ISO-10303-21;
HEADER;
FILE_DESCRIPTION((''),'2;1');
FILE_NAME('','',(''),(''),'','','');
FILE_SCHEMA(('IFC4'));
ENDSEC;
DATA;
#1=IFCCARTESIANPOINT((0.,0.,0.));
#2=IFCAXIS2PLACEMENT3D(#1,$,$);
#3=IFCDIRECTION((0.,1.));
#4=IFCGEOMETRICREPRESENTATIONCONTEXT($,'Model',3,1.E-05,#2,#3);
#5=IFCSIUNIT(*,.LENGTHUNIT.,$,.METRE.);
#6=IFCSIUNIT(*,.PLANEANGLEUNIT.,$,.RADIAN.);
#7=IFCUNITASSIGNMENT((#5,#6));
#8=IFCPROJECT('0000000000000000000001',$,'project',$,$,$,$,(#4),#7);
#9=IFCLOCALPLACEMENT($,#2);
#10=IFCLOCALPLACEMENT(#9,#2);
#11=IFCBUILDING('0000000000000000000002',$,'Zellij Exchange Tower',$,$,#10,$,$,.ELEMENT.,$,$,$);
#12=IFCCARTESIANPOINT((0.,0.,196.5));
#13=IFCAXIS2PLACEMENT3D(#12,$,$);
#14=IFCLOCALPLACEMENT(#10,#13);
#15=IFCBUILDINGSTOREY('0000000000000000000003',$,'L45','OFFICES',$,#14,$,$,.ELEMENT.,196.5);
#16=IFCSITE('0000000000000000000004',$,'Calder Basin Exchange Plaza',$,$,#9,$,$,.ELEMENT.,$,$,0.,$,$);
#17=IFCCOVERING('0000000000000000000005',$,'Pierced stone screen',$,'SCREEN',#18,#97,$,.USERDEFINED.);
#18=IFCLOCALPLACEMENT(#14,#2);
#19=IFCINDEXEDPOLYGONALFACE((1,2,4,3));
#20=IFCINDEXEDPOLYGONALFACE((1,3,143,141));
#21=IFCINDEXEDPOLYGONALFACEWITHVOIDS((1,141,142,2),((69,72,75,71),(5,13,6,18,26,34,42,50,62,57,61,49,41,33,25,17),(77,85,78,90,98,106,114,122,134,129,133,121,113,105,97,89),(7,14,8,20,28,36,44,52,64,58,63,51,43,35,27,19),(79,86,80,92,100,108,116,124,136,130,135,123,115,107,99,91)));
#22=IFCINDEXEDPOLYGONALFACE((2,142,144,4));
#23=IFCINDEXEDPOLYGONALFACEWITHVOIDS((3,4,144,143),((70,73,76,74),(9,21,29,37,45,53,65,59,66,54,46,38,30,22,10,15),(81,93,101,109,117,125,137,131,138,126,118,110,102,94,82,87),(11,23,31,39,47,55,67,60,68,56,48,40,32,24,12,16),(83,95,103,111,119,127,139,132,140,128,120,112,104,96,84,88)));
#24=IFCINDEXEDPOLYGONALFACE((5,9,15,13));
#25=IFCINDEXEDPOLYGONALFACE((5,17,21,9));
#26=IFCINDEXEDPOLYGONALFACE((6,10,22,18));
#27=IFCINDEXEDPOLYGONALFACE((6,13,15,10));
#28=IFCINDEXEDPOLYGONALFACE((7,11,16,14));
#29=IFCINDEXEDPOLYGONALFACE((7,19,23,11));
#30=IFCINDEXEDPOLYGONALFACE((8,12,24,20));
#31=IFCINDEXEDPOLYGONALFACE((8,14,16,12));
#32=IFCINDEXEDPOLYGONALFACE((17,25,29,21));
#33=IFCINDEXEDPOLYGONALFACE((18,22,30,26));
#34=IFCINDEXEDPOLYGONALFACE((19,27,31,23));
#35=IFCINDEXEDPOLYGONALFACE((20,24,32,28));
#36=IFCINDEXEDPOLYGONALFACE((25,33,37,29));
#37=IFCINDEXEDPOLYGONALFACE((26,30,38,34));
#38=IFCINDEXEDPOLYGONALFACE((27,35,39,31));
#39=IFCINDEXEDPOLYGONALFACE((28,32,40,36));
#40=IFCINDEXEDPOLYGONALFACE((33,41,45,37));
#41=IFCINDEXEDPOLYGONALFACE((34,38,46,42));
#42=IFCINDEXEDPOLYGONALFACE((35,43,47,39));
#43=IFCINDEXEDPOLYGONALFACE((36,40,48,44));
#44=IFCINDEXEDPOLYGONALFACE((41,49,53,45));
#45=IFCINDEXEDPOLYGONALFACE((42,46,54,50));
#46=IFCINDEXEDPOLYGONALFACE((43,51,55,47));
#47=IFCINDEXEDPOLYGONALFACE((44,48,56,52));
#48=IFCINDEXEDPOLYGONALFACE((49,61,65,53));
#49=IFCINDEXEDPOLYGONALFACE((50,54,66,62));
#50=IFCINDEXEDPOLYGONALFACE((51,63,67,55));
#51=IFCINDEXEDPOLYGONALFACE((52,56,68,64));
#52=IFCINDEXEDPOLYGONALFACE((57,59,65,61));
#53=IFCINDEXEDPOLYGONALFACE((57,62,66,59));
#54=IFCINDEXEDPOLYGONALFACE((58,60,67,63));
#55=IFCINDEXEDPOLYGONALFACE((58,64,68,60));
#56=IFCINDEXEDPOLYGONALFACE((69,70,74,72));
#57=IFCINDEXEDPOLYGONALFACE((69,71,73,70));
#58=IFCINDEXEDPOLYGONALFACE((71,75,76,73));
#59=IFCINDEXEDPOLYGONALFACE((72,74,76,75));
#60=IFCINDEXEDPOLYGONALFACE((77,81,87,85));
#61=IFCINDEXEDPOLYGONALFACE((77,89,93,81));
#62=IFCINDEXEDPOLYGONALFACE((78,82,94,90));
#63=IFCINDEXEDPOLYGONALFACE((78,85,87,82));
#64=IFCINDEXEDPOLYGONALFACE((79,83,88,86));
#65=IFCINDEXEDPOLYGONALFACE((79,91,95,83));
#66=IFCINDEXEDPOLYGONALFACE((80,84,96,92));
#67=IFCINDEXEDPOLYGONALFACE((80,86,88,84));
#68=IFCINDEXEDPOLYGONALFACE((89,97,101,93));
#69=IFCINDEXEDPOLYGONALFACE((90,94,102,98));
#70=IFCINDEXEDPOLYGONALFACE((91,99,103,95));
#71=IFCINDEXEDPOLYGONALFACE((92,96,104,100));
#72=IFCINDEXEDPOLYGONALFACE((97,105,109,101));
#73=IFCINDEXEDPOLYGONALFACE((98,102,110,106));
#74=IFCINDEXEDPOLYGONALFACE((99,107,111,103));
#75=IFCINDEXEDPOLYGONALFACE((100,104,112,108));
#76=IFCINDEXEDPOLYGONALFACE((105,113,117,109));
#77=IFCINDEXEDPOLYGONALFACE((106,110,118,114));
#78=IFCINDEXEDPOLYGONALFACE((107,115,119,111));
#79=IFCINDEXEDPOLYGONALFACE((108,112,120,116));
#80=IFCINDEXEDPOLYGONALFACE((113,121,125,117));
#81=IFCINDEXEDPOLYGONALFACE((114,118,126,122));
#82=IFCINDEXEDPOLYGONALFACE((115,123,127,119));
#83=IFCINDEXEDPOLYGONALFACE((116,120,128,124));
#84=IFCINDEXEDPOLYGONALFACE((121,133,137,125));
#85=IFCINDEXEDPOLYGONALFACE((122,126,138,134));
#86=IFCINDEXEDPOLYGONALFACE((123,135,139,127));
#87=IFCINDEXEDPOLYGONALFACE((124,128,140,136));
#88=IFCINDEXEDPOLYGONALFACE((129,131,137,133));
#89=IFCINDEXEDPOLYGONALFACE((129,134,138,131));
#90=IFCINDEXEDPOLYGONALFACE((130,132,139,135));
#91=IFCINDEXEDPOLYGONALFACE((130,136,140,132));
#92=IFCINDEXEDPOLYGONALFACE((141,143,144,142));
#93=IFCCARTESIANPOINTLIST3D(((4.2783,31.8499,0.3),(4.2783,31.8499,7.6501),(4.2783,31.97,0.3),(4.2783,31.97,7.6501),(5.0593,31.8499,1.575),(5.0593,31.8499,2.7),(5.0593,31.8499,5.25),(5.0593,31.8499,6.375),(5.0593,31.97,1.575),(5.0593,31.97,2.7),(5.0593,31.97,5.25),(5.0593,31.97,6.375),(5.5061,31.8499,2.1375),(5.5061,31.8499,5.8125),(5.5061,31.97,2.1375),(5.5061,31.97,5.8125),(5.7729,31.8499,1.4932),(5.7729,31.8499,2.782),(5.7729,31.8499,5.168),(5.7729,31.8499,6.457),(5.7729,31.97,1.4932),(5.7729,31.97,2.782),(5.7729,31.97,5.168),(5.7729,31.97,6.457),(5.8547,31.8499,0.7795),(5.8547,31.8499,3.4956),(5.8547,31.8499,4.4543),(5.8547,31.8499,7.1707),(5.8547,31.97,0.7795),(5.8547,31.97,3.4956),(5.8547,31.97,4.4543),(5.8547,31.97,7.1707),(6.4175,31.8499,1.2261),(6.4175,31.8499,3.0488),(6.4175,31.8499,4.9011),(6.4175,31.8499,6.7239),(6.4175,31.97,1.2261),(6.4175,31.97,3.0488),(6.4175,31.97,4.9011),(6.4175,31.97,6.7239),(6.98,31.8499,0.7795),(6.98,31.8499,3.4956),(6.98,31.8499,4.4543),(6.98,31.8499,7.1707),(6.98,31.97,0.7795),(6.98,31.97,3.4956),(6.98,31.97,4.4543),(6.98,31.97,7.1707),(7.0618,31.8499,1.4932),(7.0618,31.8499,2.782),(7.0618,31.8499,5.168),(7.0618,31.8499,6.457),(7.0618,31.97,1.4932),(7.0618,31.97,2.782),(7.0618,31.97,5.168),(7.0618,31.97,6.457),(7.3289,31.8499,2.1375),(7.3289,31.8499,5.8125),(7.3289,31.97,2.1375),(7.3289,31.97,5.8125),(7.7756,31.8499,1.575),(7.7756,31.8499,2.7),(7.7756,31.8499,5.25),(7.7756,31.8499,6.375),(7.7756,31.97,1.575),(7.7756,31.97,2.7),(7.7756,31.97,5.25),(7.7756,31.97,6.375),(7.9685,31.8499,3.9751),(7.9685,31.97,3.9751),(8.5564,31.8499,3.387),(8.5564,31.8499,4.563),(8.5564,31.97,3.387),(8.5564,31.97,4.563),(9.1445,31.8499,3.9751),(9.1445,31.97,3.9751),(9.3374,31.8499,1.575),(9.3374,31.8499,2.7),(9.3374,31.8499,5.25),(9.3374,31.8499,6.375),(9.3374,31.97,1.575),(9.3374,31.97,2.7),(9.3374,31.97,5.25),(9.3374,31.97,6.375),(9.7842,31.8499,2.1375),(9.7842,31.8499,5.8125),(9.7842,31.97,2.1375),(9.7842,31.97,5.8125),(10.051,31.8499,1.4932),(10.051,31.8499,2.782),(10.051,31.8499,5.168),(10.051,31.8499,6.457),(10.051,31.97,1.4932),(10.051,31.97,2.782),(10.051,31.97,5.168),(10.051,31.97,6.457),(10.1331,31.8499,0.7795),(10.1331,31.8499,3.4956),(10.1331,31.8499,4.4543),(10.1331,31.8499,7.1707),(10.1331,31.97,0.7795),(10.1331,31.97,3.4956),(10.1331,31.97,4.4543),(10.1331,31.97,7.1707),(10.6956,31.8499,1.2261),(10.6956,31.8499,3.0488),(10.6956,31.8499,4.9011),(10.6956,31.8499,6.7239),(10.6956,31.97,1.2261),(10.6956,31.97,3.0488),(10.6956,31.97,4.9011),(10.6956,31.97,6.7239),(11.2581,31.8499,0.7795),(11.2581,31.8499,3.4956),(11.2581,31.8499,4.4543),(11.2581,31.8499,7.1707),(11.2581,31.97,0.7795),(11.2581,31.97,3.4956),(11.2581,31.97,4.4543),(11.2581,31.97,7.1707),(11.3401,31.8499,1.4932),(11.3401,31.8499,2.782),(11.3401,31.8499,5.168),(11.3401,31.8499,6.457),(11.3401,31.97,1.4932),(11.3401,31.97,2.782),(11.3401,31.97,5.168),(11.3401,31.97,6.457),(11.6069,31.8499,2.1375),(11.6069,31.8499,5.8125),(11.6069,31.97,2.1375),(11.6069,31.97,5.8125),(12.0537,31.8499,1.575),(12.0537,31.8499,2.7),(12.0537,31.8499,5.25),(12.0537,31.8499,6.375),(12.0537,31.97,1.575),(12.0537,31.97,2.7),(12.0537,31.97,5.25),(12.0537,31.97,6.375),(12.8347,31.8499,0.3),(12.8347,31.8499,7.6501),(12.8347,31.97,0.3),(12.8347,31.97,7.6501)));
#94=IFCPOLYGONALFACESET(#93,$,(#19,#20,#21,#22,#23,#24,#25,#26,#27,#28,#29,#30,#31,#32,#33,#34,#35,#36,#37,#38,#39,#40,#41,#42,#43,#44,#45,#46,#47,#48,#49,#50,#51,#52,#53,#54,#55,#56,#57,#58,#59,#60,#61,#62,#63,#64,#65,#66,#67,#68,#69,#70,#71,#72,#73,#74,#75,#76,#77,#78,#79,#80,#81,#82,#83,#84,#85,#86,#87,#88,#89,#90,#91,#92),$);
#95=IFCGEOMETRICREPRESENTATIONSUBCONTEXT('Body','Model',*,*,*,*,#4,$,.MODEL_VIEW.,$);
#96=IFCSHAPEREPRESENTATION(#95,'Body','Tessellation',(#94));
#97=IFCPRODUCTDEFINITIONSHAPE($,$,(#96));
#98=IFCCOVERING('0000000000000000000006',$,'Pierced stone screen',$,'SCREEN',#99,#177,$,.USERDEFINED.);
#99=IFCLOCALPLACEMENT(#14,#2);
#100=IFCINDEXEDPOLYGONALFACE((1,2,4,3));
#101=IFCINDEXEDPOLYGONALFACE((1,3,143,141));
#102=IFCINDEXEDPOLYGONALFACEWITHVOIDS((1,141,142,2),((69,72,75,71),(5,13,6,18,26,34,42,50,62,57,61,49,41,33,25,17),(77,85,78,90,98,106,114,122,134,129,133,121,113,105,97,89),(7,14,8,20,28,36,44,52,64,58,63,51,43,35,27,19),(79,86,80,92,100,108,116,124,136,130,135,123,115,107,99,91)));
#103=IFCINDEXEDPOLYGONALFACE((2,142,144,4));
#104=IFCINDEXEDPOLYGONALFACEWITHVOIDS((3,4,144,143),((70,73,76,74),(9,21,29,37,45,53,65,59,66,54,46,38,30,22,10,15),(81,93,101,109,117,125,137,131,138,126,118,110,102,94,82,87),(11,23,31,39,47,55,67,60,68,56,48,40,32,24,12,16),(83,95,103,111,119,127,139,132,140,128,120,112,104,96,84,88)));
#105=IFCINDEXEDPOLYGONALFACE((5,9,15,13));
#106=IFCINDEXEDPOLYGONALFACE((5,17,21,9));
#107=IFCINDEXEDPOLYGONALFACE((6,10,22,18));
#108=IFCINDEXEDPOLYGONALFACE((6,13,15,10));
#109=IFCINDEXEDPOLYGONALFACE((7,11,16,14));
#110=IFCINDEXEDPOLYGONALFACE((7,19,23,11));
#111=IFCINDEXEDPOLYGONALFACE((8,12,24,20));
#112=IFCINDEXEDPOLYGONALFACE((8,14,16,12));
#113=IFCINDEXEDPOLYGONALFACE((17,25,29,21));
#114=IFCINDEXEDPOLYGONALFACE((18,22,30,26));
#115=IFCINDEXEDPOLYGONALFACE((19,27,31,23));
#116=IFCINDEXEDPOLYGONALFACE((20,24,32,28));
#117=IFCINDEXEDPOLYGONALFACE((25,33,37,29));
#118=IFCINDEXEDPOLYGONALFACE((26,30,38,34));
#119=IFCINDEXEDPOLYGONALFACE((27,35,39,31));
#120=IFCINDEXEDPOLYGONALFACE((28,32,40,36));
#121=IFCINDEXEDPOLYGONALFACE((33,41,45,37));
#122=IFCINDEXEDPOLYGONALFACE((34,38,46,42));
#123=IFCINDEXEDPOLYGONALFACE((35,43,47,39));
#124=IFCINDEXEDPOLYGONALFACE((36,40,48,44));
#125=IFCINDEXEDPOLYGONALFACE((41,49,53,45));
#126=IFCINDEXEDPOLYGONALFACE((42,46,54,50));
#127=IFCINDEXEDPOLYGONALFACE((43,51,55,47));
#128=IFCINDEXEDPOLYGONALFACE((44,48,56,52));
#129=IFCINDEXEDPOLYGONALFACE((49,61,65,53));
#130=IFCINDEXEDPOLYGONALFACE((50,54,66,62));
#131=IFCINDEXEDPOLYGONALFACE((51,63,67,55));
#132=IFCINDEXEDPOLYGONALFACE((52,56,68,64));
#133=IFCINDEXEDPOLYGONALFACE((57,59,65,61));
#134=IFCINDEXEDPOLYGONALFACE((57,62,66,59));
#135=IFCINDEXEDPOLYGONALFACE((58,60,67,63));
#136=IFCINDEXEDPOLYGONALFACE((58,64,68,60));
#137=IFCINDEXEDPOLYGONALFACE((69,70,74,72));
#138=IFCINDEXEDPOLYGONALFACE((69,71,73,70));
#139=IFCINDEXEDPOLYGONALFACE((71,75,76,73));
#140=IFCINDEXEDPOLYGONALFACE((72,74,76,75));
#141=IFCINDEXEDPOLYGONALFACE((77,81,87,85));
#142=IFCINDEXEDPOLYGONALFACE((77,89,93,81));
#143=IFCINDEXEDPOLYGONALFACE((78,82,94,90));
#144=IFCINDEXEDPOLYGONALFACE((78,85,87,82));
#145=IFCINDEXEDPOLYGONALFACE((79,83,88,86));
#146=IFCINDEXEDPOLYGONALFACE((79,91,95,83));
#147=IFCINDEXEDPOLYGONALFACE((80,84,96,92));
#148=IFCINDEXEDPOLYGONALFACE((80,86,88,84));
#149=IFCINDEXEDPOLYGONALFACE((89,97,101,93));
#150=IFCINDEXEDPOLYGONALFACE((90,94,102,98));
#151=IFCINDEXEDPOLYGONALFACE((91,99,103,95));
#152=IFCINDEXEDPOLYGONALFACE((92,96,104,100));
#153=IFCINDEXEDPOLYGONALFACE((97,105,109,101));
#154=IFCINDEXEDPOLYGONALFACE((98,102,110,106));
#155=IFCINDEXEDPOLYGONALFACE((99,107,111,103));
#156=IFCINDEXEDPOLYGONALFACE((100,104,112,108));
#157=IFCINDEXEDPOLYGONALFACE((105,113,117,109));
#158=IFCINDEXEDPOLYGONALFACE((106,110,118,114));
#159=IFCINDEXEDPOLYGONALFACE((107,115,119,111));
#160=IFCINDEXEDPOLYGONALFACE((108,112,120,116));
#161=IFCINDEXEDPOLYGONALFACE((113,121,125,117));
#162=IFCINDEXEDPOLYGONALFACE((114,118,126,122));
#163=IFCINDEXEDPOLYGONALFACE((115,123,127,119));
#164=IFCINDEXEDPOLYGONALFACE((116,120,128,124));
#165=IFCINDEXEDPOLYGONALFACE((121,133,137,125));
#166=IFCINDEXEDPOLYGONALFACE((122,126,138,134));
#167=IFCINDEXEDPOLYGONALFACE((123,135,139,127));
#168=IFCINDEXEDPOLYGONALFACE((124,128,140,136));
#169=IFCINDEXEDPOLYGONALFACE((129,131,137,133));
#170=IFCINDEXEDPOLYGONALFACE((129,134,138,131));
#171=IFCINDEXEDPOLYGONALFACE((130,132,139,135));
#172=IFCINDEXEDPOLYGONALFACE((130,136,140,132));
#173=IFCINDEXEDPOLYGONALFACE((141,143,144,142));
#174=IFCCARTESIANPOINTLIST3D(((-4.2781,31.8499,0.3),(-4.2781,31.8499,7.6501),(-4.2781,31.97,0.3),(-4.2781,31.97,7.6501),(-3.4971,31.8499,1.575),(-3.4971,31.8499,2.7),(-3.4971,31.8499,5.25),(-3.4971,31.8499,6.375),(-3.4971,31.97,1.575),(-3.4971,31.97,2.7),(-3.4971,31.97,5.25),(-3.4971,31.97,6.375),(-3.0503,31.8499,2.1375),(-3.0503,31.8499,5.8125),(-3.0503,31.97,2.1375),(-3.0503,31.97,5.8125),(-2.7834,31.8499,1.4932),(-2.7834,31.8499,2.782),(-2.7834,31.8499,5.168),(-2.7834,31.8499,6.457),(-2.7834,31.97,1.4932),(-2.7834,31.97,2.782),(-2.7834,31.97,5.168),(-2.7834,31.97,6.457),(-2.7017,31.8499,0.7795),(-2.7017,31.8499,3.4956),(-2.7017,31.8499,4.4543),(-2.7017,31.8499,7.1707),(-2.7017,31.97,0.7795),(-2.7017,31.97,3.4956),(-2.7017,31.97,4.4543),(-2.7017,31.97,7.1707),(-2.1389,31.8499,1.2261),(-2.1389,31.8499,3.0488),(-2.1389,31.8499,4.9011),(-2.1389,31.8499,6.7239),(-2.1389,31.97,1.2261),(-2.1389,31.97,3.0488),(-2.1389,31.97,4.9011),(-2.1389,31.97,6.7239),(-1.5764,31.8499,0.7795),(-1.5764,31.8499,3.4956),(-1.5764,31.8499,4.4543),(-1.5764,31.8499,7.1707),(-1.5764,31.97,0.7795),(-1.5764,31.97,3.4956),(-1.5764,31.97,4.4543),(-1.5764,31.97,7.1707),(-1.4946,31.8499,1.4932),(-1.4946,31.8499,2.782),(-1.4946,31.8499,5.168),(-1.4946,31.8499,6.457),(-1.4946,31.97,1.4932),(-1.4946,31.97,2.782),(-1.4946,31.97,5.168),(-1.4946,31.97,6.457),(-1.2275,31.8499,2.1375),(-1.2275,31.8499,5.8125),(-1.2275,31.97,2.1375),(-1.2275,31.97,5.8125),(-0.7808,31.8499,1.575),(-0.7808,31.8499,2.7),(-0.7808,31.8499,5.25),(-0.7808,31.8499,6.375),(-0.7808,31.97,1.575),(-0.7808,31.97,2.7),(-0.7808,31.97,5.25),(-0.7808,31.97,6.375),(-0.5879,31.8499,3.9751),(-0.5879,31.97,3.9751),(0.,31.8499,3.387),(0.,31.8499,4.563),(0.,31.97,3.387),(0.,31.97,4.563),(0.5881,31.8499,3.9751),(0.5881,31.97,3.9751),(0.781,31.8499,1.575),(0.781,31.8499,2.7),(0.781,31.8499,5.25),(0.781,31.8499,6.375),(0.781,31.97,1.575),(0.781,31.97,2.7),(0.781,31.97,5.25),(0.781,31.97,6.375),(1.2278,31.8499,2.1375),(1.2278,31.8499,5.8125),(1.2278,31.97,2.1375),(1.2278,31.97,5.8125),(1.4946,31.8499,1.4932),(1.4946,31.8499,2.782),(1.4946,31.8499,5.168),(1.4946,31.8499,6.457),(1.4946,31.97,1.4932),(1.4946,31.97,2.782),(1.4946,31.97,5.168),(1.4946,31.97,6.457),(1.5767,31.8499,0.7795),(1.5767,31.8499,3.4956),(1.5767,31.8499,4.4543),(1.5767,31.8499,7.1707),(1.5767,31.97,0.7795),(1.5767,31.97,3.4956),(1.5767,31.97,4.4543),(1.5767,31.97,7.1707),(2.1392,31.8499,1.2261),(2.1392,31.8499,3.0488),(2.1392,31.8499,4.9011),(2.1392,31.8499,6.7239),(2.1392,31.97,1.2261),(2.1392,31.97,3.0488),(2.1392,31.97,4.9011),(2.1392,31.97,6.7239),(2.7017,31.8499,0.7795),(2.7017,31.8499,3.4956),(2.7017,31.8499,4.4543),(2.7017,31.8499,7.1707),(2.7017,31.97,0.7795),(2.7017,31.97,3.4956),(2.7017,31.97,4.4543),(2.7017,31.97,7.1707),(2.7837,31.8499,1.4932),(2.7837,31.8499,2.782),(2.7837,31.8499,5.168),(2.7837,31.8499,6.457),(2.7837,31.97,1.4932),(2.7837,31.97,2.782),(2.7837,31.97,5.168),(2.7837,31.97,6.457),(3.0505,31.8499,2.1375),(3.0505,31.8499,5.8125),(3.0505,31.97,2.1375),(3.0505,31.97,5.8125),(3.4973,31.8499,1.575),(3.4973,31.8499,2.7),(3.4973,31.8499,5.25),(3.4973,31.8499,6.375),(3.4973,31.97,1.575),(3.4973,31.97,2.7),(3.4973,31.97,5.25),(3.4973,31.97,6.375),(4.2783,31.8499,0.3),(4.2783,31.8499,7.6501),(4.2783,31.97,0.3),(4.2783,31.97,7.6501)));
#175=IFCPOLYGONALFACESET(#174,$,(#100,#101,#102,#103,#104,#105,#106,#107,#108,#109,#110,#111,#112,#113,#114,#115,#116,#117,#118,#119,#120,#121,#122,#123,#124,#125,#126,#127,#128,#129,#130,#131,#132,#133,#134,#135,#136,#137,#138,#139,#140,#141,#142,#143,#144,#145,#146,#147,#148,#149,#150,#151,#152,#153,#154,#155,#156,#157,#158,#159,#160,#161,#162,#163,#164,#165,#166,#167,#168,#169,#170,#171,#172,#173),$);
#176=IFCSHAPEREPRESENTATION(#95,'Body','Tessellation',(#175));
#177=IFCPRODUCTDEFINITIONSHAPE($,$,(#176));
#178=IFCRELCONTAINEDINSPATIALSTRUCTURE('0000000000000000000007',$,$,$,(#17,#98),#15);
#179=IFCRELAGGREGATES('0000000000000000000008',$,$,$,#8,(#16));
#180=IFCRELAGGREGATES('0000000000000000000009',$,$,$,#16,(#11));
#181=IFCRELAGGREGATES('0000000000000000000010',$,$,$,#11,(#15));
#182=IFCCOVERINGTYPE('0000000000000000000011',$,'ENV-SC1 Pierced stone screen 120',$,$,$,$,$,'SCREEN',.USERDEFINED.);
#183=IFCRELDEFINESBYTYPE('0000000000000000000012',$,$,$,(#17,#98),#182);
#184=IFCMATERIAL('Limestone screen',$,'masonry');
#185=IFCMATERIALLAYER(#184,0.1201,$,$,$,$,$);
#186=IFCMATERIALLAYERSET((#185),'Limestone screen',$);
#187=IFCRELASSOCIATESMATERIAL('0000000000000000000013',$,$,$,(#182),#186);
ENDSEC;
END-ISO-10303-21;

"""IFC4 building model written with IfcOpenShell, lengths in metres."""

from ifc_helpers import new_model, si_unit, direction, frame, origin, place, context, subcontext, project, spatial, polyline, outline, extrude, material, layer, layer_set, type_object, element, save


model = new_model("IFC4")

# Units and contexts
model_context = context("Model", 3, precision=1e-05, world=origin(), true_north=direction((0.0, 1.0)))
body_context = subcontext(model_context, "Body", "Model", "MODEL_VIEW")
ifc_project = project(units=[si_unit("LENGTHUNIT", "METRE"), si_unit("PLANEANGLEUNIT", "RADIAN")], contexts=[model_context])

# Site, building, storey
site_placement = place(None, origin())
site = spatial("IfcSite", under=ifc_project, at=site_placement, Name="Calder Basin Exchange Plaza", CompositionType="ELEMENT", RefElevation=0.0)
building_placement = place(site_placement, origin())
building = spatial("IfcBuilding", under=site, at=building_placement, Name="Zellij Exchange Tower", CompositionType="ELEMENT")
storey_placement = place(building_placement, frame((0.0, 0.0, 196.5)))
storey = spatial("IfcBuildingStorey", under=building, at=storey_placement, Name="L45", Description="OFFICES", CompositionType="ELEMENT", Elevation=196.5)

# Coverings
ifc_material_1 = material(Name="Limestone screen", Category="masonry")
ifc_layer_1 = layer(ifc_material_1, 0.1201)
ifc_layer_set_1 = layer_set([ifc_layer_1], Name="Limestone screen")
covering_type = type_object("IfcCoveringType", Name="ENV-SC1 Pierced stone screen 120", ElementType="SCREEN", PredefinedType="USERDEFINED", material=ifc_layer_set_1)
covering_1_placement = place(storey_placement, frame((12.8347, 31.9099, 0.3), z_axis=(0.0, 0.0, 1.0), x_axis=(-1.0, 0.0, 0.0)))
element("IfcCovering", 1, at=covering_1_placement, inside=storey, type_object=covering_type, Name="Pierced stone screen", ObjectType="SCREEN", PredefinedType="USERDEFINED", context=body_context, shape_type="SweptSolid", body=[
    extrude(outline(polyline([(0.0, 0.0), (8.5564, 0.0), (8.5564, 7.3501), (0.0, 7.3501), (0.0, 0.0)]), holes=[polyline([(3.4973, 2.3999), (2.7837, 2.4819), (2.7017, 3.1956), (2.1392, 2.7488), (1.5767, 3.1956), (1.4946, 2.4819), (0.781, 2.3999), (1.2278, 1.8374), (0.781, 1.2749), (1.4946, 1.1931), (1.5767, 0.4795), (2.1392, 0.926), (2.7017, 0.4795), (2.7837, 1.1931), (3.4973, 1.2749), (3.0505, 1.8374), (3.4973, 2.3999)]), polyline([(3.4973, 6.075), (2.7837, 6.157), (2.7017, 6.8706), (2.1392, 6.4238), (1.5767, 6.8706), (1.4946, 6.157), (0.781, 6.075), (1.2278, 5.5125), (0.781, 4.95), (1.4946, 4.8679), (1.5767, 4.1543), (2.1392, 4.6011), (2.7017, 4.1543), (2.7837, 4.8679), (3.4973, 4.95), (3.0505, 5.5125), (3.4973, 6.075)]), polyline([(7.7754, 2.3999), (7.0618, 2.4819), (6.98, 3.1956), (6.4172, 2.7488), (5.8547, 3.1956), (5.7729, 2.4819), (5.0591, 2.3999), (5.5059, 1.8374), (5.0591, 1.2749), (5.7729, 1.1931), (5.8547, 0.4795), (6.4172, 0.926), (6.98, 0.4795), (7.0618, 1.1931), (7.7754, 1.2749), (7.3286, 1.8374), (7.7754, 2.3999)]), polyline([(7.7754, 6.075), (7.0618, 6.157), (6.98, 6.8706), (6.4172, 6.4238), (5.8547, 6.8706), (5.7729, 6.157), (5.0591, 6.075), (5.5059, 5.5125), (5.0591, 4.95), (5.7729, 4.8679), (5.8547, 4.1543), (6.4172, 4.6011), (6.98, 4.1543), (7.0618, 4.8679), (7.7754, 4.95), (7.3286, 5.5125), (7.7754, 6.075)]), polyline([(4.8662, 3.675), (4.2783, 4.2629), (3.6902, 3.675), (4.2783, 3.0869), (4.8662, 3.675)])]), frame((0.0, 0.0601, 0.0), z_axis=(0.0, -1.0, 0.0), x_axis=(1.0, 0.0, 0.0)), (0.0, 0.0, 1.0), 0.1201),
])
covering_2_placement = place(storey_placement, frame((4.2783, 31.9099, 0.3), z_axis=(0.0, 0.0, 1.0), x_axis=(-1.0, 0.0, 0.0)))
element("IfcCovering", 2, at=covering_2_placement, inside=storey, type_object=covering_type, Name="Pierced stone screen", ObjectType="SCREEN", PredefinedType="USERDEFINED", context=body_context, shape_type="SweptSolid", body=[
    extrude(outline(polyline([(0.0, 0.0), (8.5564, 0.0), (8.5564, 7.3501), (0.0, 7.3501), (0.0, 0.0)]), holes=[polyline([(3.4973, 2.3999), (2.7837, 2.4819), (2.7017, 3.1956), (2.1392, 2.7488), (1.5767, 3.1956), (1.4946, 2.4819), (0.781, 2.3999), (1.2278, 1.8374), (0.781, 1.2749), (1.4946, 1.1931), (1.5767, 0.4795), (2.1392, 0.926), (2.7017, 0.4795), (2.7837, 1.1931), (3.4973, 1.2749), (3.0505, 1.8374), (3.4973, 2.3999)]), polyline([(3.4973, 6.075), (2.7837, 6.157), (2.7017, 6.8706), (2.1392, 6.4238), (1.5767, 6.8706), (1.4946, 6.157), (0.781, 6.075), (1.2278, 5.5125), (0.781, 4.95), (1.4946, 4.8679), (1.5767, 4.1543), (2.1392, 4.6011), (2.7017, 4.1543), (2.7837, 4.8679), (3.4973, 4.95), (3.0505, 5.5125), (3.4973, 6.075)]), polyline([(7.7754, 2.3999), (7.0618, 2.4819), (6.98, 3.1956), (6.4172, 2.7488), (5.8547, 3.1956), (5.7729, 2.4819), (5.0591, 2.3999), (5.5059, 1.8374), (5.0591, 1.2749), (5.7729, 1.1931), (5.8547, 0.4795), (6.4172, 0.926), (6.98, 0.4795), (7.0618, 1.1931), (7.7754, 1.2749), (7.3286, 1.8374), (7.7754, 2.3999)]), polyline([(7.7754, 6.075), (7.0618, 6.157), (6.98, 6.8706), (6.4172, 6.4238), (5.8547, 6.8706), (5.7729, 6.157), (5.0591, 6.075), (5.5059, 5.5125), (5.0591, 4.95), (5.7729, 4.8679), (5.8547, 4.1543), (6.4172, 4.6011), (6.98, 4.1543), (7.0618, 4.8679), (7.7754, 4.95), (7.3286, 5.5125), (7.7754, 6.075)]), polyline([(4.8662, 3.675), (4.2783, 4.2629), (3.6902, 3.675), (4.2783, 3.0869), (4.8662, 3.675)])]), frame((0.0, 0.0601, 0.0), z_axis=(0.0, -1.0, 0.0), x_axis=(1.0, 0.0, 0.0)), (0.0, 0.0, 1.0), 0.1201),
])

save(model, "model.ifc")
